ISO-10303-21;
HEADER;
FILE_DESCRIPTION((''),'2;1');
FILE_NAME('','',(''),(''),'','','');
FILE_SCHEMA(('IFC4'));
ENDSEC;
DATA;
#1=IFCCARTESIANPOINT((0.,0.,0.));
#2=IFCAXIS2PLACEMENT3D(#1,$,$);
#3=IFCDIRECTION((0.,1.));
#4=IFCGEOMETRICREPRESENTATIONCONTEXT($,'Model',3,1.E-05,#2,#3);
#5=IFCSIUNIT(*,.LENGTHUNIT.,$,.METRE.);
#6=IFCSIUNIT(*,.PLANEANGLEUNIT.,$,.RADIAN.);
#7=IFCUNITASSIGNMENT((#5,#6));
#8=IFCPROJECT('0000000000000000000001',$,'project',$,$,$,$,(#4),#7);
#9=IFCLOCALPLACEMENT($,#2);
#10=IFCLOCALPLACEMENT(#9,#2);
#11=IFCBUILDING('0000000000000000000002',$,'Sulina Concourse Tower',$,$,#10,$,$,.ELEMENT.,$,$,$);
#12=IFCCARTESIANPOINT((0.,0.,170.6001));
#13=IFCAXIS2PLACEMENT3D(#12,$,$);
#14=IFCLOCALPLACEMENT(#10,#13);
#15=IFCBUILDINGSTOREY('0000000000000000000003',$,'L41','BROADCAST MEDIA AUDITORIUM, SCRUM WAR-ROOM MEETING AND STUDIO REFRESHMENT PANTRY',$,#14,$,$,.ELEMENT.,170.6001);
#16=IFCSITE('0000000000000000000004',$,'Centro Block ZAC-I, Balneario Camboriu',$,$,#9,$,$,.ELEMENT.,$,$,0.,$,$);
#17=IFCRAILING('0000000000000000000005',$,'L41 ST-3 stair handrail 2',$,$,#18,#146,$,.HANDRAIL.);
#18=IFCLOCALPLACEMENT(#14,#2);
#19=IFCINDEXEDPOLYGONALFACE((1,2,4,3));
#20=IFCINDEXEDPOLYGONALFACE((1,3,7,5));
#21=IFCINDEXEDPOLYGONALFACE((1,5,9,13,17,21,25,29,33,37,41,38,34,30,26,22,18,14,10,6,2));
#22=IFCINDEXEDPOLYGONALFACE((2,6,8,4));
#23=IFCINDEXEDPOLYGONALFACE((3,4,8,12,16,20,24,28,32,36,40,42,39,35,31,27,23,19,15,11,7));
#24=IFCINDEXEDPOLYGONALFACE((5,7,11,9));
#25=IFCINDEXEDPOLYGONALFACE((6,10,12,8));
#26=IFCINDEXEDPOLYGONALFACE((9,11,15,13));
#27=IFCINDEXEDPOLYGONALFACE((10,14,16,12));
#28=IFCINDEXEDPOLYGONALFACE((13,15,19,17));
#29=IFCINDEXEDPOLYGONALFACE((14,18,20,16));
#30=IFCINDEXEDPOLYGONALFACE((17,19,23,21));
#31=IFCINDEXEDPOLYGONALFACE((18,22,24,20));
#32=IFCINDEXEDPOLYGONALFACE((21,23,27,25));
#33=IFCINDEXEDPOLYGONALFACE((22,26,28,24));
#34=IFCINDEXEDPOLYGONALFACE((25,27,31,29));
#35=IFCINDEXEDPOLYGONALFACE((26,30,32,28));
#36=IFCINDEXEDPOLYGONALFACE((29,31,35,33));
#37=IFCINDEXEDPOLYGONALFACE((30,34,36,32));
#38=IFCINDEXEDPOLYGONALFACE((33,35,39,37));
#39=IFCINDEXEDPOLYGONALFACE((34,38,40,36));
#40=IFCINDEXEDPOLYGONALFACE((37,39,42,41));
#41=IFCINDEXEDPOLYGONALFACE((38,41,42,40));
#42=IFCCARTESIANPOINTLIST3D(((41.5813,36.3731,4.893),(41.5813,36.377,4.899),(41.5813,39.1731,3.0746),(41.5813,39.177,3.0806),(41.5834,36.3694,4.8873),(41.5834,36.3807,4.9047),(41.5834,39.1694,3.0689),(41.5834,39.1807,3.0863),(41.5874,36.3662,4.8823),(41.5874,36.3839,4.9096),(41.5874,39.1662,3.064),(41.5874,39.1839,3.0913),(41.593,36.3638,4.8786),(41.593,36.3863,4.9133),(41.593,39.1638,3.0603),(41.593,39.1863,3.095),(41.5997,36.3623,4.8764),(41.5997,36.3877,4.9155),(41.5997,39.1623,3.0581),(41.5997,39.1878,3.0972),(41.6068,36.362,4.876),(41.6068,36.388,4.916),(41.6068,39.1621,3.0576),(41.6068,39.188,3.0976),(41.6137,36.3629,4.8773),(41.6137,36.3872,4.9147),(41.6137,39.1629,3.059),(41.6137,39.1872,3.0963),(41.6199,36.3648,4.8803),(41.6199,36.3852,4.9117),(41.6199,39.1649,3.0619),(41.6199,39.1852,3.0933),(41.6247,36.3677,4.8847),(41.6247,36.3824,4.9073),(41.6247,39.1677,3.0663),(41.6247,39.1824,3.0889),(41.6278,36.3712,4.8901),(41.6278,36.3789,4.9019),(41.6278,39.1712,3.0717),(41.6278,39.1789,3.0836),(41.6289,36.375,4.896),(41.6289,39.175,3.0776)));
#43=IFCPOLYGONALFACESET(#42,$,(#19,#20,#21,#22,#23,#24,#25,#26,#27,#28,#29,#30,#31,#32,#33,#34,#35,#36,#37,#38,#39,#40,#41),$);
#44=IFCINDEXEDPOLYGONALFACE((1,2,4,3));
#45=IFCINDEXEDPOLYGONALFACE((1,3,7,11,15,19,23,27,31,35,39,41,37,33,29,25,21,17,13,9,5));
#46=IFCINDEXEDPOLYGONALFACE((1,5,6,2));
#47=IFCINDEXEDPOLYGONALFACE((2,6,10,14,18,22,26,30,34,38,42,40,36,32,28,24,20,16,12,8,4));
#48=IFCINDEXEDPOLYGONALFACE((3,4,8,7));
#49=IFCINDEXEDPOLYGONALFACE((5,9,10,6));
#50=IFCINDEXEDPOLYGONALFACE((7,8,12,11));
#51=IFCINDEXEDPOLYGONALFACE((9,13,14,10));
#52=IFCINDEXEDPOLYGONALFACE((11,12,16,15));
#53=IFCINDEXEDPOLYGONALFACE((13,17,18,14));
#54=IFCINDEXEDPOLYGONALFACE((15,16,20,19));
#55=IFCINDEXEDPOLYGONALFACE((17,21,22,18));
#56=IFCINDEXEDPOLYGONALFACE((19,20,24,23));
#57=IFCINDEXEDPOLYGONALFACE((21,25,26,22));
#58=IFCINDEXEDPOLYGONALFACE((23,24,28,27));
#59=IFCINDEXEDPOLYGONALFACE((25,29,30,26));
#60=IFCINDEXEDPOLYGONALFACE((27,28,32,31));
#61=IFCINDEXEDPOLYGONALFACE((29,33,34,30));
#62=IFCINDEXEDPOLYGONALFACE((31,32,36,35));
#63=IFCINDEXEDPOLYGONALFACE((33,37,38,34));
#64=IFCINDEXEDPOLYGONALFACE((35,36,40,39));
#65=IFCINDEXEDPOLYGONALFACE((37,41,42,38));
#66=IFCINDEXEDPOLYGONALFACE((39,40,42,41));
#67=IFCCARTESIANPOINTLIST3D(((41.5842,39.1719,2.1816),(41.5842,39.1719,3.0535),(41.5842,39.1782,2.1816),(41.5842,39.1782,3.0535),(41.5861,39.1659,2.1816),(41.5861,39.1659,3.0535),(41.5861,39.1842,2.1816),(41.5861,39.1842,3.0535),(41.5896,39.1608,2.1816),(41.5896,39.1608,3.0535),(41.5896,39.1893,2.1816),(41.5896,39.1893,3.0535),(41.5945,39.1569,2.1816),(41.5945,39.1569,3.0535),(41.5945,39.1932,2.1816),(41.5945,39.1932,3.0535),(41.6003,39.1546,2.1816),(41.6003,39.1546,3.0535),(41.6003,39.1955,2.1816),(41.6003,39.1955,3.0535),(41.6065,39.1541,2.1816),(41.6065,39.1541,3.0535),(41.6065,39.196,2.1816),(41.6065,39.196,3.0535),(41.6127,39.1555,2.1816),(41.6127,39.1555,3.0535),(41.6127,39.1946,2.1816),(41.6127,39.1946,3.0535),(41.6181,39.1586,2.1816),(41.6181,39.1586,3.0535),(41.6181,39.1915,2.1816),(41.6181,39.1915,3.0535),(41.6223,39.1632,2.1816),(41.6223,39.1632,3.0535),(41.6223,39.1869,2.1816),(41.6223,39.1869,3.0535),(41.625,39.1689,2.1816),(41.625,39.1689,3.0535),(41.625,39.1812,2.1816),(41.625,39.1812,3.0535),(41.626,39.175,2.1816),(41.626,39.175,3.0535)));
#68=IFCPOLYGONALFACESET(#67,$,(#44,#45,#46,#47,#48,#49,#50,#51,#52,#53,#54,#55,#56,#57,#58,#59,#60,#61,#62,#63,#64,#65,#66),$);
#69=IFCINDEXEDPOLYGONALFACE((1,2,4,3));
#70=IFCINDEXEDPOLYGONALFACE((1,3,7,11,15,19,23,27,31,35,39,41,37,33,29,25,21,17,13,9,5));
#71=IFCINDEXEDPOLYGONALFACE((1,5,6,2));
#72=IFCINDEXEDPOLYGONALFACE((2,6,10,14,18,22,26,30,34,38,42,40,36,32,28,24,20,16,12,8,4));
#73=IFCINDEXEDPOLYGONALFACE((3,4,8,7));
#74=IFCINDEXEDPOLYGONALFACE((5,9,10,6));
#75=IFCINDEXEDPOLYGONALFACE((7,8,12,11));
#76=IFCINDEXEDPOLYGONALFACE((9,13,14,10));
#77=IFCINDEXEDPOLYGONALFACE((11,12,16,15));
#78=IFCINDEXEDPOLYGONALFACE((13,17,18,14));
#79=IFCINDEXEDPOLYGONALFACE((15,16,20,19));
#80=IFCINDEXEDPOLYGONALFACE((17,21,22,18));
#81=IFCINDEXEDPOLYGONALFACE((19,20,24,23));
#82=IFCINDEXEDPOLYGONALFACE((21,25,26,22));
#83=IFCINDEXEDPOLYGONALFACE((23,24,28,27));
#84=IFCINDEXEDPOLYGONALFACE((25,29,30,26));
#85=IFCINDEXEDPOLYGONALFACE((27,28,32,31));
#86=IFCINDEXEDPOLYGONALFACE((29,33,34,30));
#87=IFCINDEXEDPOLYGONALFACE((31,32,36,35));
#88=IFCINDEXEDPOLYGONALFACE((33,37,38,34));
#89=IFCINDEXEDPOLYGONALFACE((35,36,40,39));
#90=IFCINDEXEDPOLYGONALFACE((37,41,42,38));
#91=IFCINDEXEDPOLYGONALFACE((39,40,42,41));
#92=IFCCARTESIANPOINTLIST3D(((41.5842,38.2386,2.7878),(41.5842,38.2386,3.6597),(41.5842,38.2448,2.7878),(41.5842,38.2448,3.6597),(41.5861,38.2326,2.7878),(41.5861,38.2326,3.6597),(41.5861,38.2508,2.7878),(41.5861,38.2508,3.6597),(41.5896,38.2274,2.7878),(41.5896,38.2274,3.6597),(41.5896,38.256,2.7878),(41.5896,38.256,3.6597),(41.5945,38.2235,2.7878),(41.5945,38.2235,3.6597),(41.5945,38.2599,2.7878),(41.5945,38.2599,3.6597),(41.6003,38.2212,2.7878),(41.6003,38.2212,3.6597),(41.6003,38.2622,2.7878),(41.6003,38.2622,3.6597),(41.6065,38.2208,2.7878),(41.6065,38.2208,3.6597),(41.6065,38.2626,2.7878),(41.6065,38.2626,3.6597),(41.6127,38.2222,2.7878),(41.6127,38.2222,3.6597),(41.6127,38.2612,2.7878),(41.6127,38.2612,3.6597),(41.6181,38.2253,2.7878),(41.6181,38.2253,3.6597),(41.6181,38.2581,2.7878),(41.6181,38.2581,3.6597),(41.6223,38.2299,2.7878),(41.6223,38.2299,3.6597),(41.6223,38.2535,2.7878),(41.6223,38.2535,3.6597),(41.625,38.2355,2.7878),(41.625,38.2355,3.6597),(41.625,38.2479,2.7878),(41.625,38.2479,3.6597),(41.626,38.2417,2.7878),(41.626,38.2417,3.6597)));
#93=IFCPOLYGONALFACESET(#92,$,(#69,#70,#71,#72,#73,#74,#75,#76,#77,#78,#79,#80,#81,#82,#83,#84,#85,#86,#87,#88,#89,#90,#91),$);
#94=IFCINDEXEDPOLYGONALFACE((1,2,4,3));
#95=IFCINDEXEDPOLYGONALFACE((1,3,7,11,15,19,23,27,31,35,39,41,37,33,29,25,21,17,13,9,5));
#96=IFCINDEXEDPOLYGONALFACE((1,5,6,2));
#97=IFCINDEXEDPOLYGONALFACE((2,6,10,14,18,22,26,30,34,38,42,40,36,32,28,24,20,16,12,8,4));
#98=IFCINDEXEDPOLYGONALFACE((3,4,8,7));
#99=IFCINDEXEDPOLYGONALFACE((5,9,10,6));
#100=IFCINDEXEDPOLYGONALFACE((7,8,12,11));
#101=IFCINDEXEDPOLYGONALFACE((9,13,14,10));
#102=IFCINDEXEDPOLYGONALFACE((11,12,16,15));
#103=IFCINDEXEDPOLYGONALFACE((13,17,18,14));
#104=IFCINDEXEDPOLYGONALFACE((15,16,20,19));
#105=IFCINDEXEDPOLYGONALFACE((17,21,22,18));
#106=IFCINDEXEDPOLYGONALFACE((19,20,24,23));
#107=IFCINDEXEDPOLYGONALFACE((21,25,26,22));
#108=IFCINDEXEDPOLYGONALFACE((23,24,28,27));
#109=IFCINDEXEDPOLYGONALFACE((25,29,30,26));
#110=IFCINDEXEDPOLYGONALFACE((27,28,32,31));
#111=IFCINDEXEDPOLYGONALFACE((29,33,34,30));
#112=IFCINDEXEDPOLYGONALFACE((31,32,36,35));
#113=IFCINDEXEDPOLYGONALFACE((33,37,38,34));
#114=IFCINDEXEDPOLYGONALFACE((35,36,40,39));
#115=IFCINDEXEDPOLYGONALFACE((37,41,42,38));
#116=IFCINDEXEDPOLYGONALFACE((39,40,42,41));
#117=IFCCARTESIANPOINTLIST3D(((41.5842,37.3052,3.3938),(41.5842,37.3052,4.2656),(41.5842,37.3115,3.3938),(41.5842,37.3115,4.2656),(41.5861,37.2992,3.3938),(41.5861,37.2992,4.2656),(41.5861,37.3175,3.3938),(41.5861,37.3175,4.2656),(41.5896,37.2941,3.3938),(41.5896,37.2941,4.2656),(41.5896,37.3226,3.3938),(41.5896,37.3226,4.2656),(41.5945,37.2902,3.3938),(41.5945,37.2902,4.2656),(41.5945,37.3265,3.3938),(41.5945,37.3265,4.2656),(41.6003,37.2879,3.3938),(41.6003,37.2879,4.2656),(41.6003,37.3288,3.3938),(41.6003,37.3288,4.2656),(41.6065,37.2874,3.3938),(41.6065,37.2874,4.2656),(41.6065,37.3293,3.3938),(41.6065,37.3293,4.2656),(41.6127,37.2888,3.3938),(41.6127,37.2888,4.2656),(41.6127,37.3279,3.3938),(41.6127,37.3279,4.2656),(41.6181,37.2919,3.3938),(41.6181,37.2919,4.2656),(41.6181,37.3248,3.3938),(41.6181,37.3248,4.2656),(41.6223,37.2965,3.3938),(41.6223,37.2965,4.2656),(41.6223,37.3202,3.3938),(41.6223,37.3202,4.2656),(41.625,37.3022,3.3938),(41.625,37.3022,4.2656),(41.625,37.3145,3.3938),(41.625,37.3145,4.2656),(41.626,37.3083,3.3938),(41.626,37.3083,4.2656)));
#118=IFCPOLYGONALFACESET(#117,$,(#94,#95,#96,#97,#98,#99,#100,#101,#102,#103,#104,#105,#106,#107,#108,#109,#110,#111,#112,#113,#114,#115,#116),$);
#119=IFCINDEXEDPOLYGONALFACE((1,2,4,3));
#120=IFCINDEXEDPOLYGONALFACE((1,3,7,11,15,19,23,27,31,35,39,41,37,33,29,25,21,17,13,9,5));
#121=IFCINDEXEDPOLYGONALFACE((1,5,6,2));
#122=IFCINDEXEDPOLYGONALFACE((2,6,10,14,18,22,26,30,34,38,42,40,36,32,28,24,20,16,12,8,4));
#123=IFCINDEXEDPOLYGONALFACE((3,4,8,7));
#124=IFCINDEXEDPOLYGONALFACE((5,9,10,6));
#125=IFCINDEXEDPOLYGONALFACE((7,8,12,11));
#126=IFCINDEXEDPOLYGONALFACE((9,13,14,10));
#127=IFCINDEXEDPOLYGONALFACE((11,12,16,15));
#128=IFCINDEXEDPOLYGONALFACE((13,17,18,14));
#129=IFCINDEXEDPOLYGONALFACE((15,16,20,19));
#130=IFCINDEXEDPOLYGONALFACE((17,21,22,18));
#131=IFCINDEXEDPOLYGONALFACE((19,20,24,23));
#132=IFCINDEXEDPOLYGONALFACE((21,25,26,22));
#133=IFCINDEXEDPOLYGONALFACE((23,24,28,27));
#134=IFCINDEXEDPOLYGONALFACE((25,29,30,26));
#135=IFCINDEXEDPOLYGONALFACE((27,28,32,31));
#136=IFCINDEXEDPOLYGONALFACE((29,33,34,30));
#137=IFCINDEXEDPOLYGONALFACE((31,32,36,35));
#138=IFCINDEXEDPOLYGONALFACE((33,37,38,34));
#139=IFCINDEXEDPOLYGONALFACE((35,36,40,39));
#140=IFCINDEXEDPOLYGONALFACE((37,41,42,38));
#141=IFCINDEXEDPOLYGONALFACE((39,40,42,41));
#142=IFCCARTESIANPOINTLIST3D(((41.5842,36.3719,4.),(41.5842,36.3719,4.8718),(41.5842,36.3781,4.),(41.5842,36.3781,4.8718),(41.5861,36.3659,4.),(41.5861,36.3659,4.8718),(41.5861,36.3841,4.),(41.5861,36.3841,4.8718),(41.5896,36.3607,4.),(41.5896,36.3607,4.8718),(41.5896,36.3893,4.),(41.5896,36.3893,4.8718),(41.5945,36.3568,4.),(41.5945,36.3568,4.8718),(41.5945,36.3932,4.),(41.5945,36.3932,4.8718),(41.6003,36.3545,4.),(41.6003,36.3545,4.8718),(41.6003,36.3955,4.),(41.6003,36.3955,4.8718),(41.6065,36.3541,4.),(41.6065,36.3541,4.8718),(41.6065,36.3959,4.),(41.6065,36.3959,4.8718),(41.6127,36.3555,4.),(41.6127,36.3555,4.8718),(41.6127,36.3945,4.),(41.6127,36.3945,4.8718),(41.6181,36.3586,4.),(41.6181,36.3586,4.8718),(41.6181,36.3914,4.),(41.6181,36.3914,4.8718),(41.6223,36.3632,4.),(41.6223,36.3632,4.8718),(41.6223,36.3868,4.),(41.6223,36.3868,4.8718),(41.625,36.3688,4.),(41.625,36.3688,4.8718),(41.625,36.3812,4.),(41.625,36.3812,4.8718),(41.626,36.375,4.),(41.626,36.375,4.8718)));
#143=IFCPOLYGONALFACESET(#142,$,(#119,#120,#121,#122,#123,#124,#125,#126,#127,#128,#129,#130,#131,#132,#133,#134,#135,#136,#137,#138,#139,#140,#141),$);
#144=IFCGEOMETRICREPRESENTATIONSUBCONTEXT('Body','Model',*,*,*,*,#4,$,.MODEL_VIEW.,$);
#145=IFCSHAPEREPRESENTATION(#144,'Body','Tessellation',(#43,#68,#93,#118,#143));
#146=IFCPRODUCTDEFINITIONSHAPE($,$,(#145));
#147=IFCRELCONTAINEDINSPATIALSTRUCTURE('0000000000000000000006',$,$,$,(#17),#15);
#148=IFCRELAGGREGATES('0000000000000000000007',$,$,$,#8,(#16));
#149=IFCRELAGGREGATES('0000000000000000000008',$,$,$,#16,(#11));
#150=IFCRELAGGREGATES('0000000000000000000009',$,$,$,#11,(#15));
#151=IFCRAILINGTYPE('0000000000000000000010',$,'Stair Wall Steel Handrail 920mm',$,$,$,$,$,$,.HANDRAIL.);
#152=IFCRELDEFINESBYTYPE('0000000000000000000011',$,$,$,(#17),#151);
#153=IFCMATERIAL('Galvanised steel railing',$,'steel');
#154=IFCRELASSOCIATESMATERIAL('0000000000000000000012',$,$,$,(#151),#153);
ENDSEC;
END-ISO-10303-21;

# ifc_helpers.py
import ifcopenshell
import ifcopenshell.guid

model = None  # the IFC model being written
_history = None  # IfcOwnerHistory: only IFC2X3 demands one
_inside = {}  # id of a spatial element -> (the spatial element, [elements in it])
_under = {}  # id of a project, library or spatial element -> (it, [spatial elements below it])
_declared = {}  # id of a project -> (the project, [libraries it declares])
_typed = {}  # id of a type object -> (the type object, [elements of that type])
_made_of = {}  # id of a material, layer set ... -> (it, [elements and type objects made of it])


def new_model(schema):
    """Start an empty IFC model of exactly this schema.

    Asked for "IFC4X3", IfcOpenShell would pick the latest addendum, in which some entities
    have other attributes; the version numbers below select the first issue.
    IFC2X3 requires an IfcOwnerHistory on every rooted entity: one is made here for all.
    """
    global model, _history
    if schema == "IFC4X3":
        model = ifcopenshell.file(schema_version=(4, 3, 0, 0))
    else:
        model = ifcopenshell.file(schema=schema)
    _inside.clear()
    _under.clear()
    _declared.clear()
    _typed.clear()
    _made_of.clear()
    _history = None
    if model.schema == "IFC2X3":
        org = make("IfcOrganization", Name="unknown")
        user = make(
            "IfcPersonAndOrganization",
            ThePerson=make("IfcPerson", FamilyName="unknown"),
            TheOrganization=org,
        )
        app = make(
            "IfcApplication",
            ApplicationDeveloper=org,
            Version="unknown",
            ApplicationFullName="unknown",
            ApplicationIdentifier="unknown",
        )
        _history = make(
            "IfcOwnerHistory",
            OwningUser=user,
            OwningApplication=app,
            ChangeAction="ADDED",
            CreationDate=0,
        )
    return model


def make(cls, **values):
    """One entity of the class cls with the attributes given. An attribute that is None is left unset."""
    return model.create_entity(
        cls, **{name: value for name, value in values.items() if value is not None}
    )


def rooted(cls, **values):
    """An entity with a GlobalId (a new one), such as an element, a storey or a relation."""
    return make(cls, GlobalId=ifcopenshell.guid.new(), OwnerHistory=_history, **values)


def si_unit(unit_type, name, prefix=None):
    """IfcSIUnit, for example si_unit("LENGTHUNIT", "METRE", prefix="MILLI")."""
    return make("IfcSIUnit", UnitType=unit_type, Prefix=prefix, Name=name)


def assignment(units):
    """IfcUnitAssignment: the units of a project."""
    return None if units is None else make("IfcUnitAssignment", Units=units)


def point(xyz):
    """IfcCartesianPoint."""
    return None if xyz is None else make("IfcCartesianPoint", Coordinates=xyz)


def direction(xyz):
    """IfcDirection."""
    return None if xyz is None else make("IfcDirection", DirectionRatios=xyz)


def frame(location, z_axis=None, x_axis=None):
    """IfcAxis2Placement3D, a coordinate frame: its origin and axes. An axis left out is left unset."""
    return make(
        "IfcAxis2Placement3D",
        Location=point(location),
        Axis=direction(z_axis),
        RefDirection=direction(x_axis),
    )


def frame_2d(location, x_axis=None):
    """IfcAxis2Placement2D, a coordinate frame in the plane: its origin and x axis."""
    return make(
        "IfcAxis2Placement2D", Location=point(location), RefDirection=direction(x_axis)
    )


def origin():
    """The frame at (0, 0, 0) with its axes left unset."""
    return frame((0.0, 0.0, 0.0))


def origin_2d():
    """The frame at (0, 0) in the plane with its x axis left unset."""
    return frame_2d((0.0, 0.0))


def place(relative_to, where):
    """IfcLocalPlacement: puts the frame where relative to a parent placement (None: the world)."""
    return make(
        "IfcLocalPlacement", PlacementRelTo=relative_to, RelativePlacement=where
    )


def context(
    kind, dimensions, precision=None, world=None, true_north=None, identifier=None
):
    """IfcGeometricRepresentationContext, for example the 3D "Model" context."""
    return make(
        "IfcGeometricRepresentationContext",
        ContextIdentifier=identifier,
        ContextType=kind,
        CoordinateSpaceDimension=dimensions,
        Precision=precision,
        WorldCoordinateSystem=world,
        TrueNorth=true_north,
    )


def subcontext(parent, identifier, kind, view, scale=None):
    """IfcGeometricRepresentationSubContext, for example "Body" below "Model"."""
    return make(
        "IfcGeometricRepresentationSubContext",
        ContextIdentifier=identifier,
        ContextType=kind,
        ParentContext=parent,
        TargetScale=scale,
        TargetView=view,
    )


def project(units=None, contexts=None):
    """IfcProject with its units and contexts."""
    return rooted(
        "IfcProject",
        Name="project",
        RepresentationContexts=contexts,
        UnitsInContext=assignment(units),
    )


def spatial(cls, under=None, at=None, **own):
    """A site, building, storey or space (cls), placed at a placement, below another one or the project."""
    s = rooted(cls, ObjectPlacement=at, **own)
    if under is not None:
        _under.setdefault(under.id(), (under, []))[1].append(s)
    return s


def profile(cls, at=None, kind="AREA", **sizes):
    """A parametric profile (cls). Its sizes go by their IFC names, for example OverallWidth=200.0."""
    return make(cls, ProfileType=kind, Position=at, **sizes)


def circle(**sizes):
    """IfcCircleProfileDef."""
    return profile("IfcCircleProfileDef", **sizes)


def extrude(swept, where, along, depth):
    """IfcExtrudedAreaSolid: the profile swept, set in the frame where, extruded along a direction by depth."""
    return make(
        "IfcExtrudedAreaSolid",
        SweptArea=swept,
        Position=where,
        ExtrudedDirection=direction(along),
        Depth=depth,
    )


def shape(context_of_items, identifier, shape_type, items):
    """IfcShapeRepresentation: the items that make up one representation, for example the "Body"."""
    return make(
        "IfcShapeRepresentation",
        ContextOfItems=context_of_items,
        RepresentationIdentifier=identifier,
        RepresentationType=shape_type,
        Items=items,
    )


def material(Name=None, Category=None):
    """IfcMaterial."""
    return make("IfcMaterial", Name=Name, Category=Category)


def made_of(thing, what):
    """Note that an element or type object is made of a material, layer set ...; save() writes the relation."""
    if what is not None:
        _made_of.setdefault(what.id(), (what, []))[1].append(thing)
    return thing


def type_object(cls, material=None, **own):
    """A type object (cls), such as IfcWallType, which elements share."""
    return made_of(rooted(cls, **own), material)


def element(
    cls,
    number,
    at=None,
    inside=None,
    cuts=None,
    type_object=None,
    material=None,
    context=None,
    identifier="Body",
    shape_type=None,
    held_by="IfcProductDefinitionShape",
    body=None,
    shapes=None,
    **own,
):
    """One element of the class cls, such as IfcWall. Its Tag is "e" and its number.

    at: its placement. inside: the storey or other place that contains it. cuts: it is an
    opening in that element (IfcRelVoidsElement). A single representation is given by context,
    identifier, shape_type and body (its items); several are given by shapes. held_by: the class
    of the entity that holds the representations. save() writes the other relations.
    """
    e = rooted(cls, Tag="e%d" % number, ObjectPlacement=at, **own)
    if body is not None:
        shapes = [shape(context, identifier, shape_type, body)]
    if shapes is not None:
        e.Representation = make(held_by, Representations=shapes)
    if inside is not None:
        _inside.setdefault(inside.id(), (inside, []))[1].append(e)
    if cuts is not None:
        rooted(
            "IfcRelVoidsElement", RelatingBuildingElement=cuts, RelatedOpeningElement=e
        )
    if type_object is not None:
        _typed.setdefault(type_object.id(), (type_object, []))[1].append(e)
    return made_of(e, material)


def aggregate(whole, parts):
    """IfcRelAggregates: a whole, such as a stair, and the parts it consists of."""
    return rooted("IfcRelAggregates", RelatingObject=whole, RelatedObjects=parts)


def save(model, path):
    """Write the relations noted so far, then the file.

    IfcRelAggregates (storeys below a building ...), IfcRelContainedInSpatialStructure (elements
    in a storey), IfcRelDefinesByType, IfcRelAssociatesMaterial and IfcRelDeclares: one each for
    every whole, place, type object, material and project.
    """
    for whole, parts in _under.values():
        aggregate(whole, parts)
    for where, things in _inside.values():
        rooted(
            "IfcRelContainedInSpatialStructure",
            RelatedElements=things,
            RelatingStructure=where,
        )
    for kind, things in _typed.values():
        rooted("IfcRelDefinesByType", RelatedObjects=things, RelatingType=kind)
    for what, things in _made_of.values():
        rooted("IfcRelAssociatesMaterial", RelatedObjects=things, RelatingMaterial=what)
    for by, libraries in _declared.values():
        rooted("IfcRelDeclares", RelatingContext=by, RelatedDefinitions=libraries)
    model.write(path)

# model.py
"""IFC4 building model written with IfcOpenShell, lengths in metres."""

from ifc_helpers import new_model, si_unit, direction, frame, origin, origin_2d, place, context, subcontext, project, spatial, circle, extrude, material, type_object, element, save


model = new_model("IFC4")

# Units and contexts
model_context = context("Model", 3, precision=1e-05, world=origin(), true_north=direction((0.0, 1.0)))
body_context = subcontext(model_context, "Body", "Model", "MODEL_VIEW")
ifc_project = project(units=[si_unit("LENGTHUNIT", "METRE"), si_unit("PLANEANGLEUNIT", "RADIAN")], contexts=[model_context])

# Site, building, storey
site_placement = place(None, origin())
site = spatial("IfcSite", under=ifc_project, at=site_placement, Name="Centro Block ZAC-I, Balneario Camboriu", CompositionType="ELEMENT", RefElevation=0.0)
building_placement = place(site_placement, origin())
building = spatial("IfcBuilding", under=site, at=building_placement, Name="Sulina Concourse Tower", CompositionType="ELEMENT")
storey_placement = place(building_placement, frame((0.0, 0.0, 170.6001)))
storey = spatial("IfcBuildingStorey", under=building, at=storey_placement, Name="L41", Description="BROADCAST MEDIA AUDITORIUM, SCRUM WAR-ROOM MEETING AND STUDIO REFRESHMENT PANTRY", CompositionType="ELEMENT", Elevation=170.6001)

# Railing
ifc_material_1 = material(Name="Galvanised steel railing", Category="steel")
railing_type_1 = type_object("IfcRailingType", Name="Stair Wall Steel Handrail 920mm", PredefinedType="HANDRAIL", material=ifc_material_1)
railing_1_placement = place(storey_placement, frame((41.605, 39.175, 2.1816)))
element("IfcRailing", 1, at=railing_1_placement, inside=storey, type_object=railing_type_1, Name="L41 ST-3 stair handrail 2", PredefinedType="HANDRAIL", context=body_context, shape_type="SweptSolid", body=[
    extrude(circle(Radius=0.0239, at=origin_2d()), frame((0.0, 0.0, 0.896), z_axis=(0.0, -0.838672, 0.544636), x_axis=(1.0, 0.0, 0.0)), (0.0, 0.0, 1.0), 3.3386),
    extrude(circle(Radius=0.021, at=origin_2d()), origin(), (0.0, 0.0, 1.0), 0.8718),
    extrude(circle(Radius=0.021, at=origin_2d()), frame((0.0, -0.9333, 0.6062)), (0.0, 0.0, 1.0), 0.8718),
    extrude(circle(Radius=0.021, at=origin_2d()), frame((0.0, -1.8667, 1.2122)), (0.0, 0.0, 1.0), 0.8718),
    extrude(circle(Radius=0.021, at=origin_2d()), frame((0.0, -2.8, 1.8184)), (0.0, 0.0, 1.0), 0.8718),
])

save(model, "model.ifc")
